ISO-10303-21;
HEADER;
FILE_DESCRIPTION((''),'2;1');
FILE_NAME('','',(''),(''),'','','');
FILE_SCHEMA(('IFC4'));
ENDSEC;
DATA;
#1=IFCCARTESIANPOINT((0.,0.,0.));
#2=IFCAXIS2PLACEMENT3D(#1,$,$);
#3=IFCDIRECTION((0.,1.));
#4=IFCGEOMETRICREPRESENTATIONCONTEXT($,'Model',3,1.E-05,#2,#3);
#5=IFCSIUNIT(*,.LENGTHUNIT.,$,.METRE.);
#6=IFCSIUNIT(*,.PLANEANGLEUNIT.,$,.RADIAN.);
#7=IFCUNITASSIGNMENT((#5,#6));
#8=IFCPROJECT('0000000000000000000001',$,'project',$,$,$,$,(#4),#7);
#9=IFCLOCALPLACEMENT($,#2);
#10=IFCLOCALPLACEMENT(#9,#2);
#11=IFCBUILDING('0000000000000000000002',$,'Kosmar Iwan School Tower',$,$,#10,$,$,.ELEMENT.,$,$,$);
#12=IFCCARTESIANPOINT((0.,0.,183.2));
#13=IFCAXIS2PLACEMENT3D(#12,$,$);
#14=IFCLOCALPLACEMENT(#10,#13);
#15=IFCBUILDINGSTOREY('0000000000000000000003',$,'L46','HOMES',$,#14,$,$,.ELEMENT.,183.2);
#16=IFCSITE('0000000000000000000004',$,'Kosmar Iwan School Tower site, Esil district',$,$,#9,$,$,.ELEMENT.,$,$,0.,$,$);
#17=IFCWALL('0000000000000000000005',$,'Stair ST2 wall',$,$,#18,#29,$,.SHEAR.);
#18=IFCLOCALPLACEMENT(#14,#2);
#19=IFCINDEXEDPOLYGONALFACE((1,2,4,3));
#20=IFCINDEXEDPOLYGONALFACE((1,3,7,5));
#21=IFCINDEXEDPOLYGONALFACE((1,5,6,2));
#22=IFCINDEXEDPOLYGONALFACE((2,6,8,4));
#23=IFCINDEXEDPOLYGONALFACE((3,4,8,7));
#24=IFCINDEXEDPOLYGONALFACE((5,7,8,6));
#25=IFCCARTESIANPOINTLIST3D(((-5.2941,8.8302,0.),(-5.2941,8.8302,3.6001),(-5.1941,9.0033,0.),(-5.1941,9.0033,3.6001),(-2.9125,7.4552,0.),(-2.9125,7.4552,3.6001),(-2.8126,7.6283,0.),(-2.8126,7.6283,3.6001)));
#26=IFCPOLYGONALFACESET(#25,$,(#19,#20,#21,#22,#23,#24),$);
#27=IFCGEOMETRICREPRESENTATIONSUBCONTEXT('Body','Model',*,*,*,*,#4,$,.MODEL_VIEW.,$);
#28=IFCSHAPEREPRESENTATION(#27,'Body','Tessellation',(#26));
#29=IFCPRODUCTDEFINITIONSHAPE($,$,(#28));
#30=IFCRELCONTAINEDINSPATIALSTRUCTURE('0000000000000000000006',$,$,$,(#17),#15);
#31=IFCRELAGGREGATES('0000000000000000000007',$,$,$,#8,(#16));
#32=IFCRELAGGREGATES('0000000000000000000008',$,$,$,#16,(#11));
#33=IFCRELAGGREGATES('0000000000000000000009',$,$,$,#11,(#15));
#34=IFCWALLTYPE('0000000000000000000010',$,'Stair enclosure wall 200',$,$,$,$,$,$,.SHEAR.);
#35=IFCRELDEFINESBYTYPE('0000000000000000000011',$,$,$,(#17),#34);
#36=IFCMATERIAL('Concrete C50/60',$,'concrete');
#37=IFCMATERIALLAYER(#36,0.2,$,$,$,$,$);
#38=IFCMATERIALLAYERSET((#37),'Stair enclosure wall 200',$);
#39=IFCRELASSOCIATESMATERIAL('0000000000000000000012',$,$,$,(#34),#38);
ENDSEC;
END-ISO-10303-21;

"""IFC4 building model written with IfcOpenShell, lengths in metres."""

from ifc_helpers import new_model, si_unit, direction, frame, frame_2d, origin, place, context, subcontext, project, spatial, rectangle, extrude, material, layer, layer_set, type_object, element, save


model = new_model("IFC4")

# Units and contexts
model_context = context("Model", 3, precision=1e-05, world=origin(), true_north=direction((0.0, 1.0)))
body_context = subcontext(model_context, "Body", "Model", "MODEL_VIEW")
ifc_project = project(units=[si_unit("LENGTHUNIT", "METRE"), si_unit("PLANEANGLEUNIT", "RADIAN")], contexts=[model_context])

# Site, building, storey
site_placement = place(None, origin())
site = spatial("IfcSite", under=ifc_project, at=site_placement, Name="Kosmar Iwan School Tower site, Esil district", CompositionType="ELEMENT", RefElevation=0.0)
building_placement = place(site_placement, origin())
building = spatial("IfcBuilding", under=site, at=building_placement, Name="Kosmar Iwan School Tower", CompositionType="ELEMENT")
storey_placement = place(building_placement, frame((0.0, 0.0, 183.2)))
storey = spatial("IfcBuildingStorey", under=building, at=storey_placement, Name="L46", Description="HOMES", CompositionType="ELEMENT", Elevation=183.2)

# Wall
ifc_material_1 = material(Name="Concrete C50/60", Category="concrete")
ifc_layer_1 = layer(ifc_material_1, 0.2)
ifc_layer_set_1 = layer_set([ifc_layer_1], Name="Stair enclosure wall 200")
wall_type_1 = type_object("IfcWallType", Name="Stair enclosure wall 200", PredefinedType="SHEAR", material=ifc_layer_set_1)
wall_1_placement = place(storey_placement, frame((-2.8625, 7.5417, 0.0), z_axis=(0.0, 0.0, 1.0), x_axis=(-0.866027, 0.499997, 0.0)))
element("IfcWall", 1, at=wall_1_placement, inside=storey, type_object=wall_type_1, Name="Stair ST2 wall", PredefinedType="SHEAR", context=body_context, shape_type="SweptSolid", body=[
    extrude(rectangle(XDim=2.75, YDim=0.2, at=frame_2d((1.375, 0.0))), origin(), (0.0, 0.0, 1.0), 3.6001),
])

save(model, "model.ifc")
